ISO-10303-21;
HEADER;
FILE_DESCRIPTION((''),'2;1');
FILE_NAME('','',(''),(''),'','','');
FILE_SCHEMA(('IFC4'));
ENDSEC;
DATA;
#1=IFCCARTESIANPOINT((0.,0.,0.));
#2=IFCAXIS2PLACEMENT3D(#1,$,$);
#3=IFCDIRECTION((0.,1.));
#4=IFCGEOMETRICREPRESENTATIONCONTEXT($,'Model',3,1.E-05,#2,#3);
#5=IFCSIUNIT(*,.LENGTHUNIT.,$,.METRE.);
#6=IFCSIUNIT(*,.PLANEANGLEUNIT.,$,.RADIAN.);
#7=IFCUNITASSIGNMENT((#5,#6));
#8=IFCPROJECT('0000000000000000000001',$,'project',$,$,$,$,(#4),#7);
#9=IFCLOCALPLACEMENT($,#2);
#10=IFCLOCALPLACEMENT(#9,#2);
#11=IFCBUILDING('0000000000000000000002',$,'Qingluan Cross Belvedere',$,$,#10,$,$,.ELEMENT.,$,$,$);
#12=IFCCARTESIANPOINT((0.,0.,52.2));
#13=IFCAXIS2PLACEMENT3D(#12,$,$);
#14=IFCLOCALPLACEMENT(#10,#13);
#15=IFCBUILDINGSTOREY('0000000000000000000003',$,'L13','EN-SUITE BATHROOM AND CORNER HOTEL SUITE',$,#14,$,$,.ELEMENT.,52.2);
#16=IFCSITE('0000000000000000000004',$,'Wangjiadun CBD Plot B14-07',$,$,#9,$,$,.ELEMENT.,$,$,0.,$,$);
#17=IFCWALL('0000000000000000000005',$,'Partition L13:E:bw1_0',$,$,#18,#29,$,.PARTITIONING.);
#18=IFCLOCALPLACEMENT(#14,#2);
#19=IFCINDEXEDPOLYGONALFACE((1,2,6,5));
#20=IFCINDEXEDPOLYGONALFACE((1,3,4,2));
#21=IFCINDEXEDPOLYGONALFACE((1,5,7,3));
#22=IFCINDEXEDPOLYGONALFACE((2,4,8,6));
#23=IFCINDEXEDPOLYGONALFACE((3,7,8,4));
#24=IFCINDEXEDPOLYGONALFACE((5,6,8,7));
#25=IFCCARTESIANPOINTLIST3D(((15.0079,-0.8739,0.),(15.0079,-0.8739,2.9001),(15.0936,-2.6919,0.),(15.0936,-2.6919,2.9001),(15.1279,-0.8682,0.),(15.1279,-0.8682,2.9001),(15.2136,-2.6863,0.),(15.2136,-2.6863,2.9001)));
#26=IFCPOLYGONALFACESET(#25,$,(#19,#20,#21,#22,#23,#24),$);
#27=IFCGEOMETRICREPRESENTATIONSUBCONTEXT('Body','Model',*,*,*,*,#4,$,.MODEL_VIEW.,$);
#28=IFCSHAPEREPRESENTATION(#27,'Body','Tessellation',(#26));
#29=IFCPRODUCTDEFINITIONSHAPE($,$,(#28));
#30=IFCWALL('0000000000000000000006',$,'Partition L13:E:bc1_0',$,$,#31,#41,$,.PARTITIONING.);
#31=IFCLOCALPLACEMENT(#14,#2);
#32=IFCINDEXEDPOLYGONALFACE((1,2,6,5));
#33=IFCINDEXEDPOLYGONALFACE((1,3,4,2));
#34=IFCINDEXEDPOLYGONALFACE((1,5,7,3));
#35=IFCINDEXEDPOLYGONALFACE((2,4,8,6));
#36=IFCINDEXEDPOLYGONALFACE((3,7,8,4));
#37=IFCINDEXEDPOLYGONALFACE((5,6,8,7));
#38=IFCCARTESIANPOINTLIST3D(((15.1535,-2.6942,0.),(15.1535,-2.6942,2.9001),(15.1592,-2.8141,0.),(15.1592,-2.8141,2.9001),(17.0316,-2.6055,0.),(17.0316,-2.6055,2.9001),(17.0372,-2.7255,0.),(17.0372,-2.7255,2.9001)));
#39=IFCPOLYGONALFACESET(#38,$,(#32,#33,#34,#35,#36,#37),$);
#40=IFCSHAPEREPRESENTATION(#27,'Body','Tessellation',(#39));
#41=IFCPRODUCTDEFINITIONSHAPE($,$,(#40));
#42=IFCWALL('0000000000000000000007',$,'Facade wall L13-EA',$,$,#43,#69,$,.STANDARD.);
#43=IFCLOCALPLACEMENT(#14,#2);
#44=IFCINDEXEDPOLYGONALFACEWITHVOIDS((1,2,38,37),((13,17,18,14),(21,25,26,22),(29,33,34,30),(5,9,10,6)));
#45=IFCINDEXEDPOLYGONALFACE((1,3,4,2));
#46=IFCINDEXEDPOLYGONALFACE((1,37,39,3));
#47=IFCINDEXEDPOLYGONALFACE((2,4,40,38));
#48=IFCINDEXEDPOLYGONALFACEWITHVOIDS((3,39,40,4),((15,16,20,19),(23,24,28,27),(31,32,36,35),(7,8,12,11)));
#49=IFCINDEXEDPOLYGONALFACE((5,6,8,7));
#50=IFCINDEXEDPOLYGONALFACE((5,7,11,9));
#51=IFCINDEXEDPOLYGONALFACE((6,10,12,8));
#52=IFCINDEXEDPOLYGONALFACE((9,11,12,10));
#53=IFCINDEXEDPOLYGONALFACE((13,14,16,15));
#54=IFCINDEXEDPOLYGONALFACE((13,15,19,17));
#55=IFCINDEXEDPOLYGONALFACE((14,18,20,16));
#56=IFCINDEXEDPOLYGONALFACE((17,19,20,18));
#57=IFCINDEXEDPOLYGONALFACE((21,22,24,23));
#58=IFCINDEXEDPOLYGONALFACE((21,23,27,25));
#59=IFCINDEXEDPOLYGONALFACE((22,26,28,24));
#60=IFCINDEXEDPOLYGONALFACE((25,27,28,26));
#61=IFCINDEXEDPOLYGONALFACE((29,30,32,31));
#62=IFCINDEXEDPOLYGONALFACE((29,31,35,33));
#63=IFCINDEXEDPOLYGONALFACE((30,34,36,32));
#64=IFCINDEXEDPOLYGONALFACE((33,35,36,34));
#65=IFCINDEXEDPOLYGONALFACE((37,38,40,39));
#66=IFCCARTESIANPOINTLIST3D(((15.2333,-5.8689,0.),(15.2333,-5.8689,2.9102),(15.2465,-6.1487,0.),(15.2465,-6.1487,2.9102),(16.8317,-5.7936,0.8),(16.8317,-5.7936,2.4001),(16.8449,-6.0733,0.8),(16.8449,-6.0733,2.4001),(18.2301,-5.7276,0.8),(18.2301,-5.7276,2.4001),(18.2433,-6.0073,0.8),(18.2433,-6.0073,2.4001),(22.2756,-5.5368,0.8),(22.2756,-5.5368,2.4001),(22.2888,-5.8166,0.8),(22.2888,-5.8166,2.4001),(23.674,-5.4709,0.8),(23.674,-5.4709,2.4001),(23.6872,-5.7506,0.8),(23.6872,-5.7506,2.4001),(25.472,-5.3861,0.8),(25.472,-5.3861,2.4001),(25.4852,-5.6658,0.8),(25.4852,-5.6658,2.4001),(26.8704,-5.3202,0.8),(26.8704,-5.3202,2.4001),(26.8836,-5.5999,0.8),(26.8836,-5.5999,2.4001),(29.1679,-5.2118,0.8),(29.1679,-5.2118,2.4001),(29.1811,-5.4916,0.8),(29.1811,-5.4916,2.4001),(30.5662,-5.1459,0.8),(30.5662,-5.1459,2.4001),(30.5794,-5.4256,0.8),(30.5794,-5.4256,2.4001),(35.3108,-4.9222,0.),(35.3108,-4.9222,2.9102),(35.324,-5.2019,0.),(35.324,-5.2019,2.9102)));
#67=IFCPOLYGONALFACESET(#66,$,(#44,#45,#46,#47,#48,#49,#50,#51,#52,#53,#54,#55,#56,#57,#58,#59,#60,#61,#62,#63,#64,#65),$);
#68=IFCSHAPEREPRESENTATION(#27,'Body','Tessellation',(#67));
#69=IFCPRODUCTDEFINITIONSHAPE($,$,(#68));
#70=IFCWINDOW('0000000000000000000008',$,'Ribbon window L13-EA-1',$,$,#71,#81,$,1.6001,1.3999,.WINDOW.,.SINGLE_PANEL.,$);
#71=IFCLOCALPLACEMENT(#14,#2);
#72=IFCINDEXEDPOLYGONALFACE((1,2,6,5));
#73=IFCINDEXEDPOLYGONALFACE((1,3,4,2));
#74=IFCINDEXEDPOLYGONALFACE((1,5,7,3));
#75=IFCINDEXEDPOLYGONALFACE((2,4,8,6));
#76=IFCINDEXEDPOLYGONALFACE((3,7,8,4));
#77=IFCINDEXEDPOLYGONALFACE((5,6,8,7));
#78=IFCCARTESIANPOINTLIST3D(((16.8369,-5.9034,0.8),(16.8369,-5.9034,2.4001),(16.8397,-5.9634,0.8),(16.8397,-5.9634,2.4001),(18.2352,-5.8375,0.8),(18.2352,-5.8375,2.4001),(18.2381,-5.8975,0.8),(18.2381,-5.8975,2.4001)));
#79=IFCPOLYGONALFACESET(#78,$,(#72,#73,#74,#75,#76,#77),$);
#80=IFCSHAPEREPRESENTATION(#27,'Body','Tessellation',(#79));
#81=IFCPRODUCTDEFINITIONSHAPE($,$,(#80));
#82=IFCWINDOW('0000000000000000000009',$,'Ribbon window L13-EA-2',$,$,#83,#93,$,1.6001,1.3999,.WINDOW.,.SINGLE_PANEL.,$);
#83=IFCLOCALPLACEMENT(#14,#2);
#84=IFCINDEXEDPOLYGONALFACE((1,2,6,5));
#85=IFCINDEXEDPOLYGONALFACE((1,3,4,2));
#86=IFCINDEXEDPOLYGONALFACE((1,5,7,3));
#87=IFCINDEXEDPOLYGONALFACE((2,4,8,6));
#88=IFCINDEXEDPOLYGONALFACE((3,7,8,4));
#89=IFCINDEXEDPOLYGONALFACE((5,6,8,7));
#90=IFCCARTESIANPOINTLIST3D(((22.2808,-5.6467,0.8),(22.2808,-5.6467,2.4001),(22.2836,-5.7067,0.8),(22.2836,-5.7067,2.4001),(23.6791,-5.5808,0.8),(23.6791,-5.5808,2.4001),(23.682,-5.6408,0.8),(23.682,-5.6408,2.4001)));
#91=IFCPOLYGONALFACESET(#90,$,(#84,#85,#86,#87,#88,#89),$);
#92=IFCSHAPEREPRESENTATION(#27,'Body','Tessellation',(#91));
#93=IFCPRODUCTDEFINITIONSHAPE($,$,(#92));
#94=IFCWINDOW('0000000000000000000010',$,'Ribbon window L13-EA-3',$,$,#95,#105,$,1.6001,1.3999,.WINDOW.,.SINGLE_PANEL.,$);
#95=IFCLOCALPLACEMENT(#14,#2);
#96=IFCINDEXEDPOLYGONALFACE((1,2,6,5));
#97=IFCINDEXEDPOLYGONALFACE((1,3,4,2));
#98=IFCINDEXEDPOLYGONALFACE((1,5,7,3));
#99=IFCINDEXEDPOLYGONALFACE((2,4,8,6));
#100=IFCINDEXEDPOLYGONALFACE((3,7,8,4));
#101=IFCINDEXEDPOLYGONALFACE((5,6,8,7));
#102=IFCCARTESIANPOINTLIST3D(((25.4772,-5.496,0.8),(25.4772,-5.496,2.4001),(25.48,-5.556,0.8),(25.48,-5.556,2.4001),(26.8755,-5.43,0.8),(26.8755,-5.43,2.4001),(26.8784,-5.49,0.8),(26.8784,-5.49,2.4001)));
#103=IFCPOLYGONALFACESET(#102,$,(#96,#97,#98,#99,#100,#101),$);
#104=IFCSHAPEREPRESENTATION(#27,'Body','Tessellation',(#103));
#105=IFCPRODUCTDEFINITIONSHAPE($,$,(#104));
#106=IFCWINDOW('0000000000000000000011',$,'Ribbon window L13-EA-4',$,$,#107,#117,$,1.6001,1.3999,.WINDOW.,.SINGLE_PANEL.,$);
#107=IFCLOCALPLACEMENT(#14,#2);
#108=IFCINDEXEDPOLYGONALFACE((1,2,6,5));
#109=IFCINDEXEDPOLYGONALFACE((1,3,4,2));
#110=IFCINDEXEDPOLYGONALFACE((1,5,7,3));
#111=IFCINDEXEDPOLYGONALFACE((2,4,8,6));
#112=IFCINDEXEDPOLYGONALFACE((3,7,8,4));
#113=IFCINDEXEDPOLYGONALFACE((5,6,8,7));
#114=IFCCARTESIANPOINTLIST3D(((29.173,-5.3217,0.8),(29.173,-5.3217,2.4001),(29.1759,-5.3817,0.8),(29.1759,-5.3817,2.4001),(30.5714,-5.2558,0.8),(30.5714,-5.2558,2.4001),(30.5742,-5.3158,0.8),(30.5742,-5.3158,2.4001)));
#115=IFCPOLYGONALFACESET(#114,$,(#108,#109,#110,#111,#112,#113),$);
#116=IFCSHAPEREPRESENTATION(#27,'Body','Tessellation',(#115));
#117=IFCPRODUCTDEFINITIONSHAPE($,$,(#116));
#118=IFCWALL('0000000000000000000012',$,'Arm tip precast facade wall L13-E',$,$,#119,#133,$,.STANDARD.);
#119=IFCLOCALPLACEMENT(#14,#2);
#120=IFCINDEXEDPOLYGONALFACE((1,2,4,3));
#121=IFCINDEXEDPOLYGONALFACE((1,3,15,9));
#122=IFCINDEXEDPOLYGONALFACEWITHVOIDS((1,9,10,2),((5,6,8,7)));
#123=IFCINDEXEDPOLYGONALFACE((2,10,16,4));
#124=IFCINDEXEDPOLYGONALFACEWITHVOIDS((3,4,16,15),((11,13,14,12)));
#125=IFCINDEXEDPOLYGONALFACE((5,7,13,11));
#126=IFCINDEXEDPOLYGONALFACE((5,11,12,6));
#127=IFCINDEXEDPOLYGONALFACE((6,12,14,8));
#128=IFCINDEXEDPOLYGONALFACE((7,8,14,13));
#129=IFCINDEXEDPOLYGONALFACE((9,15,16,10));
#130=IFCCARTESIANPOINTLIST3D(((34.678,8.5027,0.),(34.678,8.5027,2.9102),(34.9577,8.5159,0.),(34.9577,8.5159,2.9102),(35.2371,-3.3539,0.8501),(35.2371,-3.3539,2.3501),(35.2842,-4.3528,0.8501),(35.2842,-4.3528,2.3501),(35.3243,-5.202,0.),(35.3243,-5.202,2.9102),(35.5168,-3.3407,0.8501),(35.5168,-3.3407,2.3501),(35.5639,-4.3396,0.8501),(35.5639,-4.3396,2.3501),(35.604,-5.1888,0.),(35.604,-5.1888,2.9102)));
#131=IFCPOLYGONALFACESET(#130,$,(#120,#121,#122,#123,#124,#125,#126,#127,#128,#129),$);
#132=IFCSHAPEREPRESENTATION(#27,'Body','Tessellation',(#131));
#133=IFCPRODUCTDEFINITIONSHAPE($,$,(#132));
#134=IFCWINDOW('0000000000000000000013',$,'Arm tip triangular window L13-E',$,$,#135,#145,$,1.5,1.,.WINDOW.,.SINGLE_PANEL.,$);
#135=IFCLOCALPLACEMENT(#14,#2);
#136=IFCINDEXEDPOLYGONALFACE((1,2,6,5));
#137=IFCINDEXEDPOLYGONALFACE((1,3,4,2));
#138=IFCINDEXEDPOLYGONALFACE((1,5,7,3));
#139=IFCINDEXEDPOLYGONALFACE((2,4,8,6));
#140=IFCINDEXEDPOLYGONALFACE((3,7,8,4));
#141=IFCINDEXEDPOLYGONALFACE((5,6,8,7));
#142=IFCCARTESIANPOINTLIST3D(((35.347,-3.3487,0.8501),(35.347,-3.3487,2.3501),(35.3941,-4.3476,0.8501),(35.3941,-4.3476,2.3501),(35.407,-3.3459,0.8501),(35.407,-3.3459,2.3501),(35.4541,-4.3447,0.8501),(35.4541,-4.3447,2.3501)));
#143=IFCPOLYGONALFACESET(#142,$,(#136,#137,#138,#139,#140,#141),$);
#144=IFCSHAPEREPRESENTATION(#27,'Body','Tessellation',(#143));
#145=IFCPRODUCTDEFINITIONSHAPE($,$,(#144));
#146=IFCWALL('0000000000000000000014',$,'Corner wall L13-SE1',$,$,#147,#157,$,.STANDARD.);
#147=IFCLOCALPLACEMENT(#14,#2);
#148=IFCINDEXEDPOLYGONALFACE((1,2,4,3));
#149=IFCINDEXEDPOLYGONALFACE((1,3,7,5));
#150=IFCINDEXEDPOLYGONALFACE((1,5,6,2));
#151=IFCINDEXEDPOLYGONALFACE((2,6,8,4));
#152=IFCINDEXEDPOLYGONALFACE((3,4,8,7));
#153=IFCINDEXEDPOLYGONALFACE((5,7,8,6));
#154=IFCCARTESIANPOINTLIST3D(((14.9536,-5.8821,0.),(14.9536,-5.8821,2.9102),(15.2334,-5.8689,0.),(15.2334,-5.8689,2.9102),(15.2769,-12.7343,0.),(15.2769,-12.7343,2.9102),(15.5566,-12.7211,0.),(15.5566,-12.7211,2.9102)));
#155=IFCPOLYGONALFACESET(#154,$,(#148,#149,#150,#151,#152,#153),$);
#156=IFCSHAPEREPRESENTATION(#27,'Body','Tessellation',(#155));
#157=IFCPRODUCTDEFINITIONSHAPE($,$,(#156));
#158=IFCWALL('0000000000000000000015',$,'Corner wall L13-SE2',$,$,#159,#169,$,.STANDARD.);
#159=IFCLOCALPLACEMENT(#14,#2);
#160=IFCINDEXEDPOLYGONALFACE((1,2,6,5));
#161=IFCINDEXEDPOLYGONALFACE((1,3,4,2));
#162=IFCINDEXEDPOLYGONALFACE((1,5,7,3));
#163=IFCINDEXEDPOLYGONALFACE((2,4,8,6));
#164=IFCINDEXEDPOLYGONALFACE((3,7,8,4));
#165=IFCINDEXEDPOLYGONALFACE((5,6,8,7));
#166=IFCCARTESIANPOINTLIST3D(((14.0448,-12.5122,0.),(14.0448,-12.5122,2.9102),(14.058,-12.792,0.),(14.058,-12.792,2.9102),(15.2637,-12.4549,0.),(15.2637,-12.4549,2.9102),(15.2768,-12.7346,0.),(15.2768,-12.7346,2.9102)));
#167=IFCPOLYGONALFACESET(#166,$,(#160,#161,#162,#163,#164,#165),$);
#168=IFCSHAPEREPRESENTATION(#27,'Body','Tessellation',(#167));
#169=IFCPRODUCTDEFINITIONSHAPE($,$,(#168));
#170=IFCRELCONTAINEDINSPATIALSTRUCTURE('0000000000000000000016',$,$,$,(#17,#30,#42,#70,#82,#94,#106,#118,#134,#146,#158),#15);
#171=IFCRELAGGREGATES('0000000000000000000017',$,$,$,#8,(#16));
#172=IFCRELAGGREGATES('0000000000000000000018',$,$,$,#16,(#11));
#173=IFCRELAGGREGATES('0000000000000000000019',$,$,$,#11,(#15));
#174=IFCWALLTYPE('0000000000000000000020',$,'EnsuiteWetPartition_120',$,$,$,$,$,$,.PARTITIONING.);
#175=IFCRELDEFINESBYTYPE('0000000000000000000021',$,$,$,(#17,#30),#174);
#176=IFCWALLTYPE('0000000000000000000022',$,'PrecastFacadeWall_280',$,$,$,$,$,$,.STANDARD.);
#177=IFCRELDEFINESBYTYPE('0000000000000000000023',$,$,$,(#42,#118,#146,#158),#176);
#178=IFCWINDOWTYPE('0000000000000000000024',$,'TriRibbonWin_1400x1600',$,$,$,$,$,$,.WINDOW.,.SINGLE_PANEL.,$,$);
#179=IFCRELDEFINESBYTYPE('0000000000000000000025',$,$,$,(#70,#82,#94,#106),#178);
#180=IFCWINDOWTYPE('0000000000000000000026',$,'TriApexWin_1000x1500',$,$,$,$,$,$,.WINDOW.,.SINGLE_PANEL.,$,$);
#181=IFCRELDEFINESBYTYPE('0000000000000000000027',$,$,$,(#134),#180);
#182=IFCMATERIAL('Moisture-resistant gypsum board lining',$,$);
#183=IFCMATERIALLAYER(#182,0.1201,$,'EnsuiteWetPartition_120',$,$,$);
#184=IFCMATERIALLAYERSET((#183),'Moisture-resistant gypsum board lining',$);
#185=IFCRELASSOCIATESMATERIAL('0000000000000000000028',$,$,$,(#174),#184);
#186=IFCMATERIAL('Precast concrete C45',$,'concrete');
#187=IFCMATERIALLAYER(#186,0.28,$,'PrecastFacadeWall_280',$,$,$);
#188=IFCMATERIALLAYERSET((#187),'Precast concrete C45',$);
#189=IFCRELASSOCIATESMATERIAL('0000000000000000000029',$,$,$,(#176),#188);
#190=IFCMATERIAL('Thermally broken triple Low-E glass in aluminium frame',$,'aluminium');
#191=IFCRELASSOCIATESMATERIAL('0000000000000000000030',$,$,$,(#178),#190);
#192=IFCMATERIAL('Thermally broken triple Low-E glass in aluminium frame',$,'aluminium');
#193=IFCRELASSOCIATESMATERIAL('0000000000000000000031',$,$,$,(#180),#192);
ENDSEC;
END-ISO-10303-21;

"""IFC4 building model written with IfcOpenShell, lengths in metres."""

from ifc_helpers import new_model, si_unit, direction, frame, frame_2d, origin, place, context, subcontext, project, spatial, rectangle, extrude, material, layer, layer_set, type_object, element, fill, save


model = new_model("IFC4")

# Units and contexts
model_context = context("Model", 3, precision=1e-05, world=origin(), true_north=direction((0.0, 1.0)))
body_context = subcontext(model_context, "Body", "Model", "MODEL_VIEW")
ifc_project = project(units=[si_unit("LENGTHUNIT", "METRE"), si_unit("PLANEANGLEUNIT", "RADIAN")], contexts=[model_context])

# Site, building, storey
site_placement = place(None, origin())
site = spatial("IfcSite", under=ifc_project, at=site_placement, Name="Wangjiadun CBD Plot B14-07", CompositionType="ELEMENT", RefElevation=0.0)
building_placement = place(site_placement, origin())
building = spatial("IfcBuilding", under=site, at=building_placement, Name="Qingluan Cross Belvedere", CompositionType="ELEMENT")
storey_placement = place(building_placement, frame((0.0, 0.0, 52.2)))
storey = spatial("IfcBuildingStorey", under=building, at=storey_placement, Name="L13", Description="EN-SUITE BATHROOM AND CORNER HOTEL SUITE", CompositionType="ELEMENT", Elevation=52.2)

# Walls
ifc_material_1 = material(Name="Moisture-resistant gypsum board lining")
ifc_layer_1 = layer(ifc_material_1, 0.1201, Name="EnsuiteWetPartition_120")
ifc_layer_set_1 = layer_set([ifc_layer_1], Name="Moisture-resistant gypsum board lining")
wall_type_1 = type_object("IfcWallType", Name="EnsuiteWetPartition_120", PredefinedType="PARTITIONING", material=ifc_layer_set_1)
wall_1_placement = place(storey_placement, frame((15.1536, -2.6892, 0.0), z_axis=(0.0, 0.0, 1.0), x_axis=(-0.047081, 0.998891, 0.0)))
element("IfcWall", 1, at=wall_1_placement, inside=storey, type_object=wall_type_1, Name="Partition L13:E:bw1_0", PredefinedType="PARTITIONING", context=body_context, shape_type="SweptSolid", body=[
    extrude(rectangle(XDim=1.8201, YDim=0.1201, at=frame_2d((0.9102, 0.0))), origin(), (0.0, 0.0, 1.0), 2.9001),
])
wall_2_placement = place(storey_placement, frame((15.1565, -2.7542, 0.0), z_axis=(0.0, 0.0, 1.0), x_axis=(0.998888, 0.047139, 0.0)))
element("IfcWall", 2, at=wall_2_placement, inside=storey, type_object=wall_type_1, Name="Partition L13:E:bc1_0", PredefinedType="PARTITIONING", context=body_context, shape_type="SweptSolid", body=[
    extrude(rectangle(XDim=1.8801, YDim=0.1201, at=frame_2d((0.9399, 0.0))), origin(), (0.0, 0.0, 1.0), 2.9001),
])

# Wall, openings, windows
ifc_material_2 = material(Name="Precast concrete C45", Category="concrete")
ifc_layer_2 = layer(ifc_material_2, 0.28, Name="PrecastFacadeWall_280")
ifc_layer_set_2 = layer_set([ifc_layer_2], Name="Precast concrete C45")
wall_type_2 = type_object("IfcWallType", Name="PrecastFacadeWall_280", PredefinedType="STANDARD", material=ifc_layer_set_2)
wall_3_placement = place(storey_placement, frame((15.24, -6.0088, 0.0), z_axis=(0.0, 0.0, 1.0), x_axis=(0.99889, 0.047103, 0.0)))
wall_3 = element("IfcWall", 3, at=wall_3_placement, inside=storey, type_object=wall_type_2, Name="Facade wall L13-EA", PredefinedType="STANDARD", context=body_context, shape_type="SweptSolid", body=[
    extrude(rectangle(XDim=20.0999, YDim=0.28, at=frame_2d((10.0498, 0.0))), origin(), (0.0, 0.0, 1.0), 2.9102),
])
opening_1_placement = place(wall_3_placement, frame((1.6001, 0.0, 0.8)))
opening_1 = element("IfcOpeningElement", 4, at=opening_1_placement, cuts=wall_3, PredefinedType="OPENING", context=body_context, shape_type="SweptSolid", body=[
    extrude(rectangle(XDim=1.3999, YDim=1.6001, at=frame_2d((0.7, 0.8))), frame((0.0, 0.1499, 0.0), z_axis=(0.0, -1.0, 0.0), x_axis=(1.0, 0.0, 0.0)), (0.0, 0.0, 1.0), 0.3),
])
opening_2_placement = place(wall_3_placement, frame((7.05, 0.0, 0.8)))
opening_2 = element("IfcOpeningElement", 5, at=opening_2_placement, cuts=wall_3, PredefinedType="OPENING", context=body_context, shape_type="SweptSolid", body=[
    extrude(rectangle(XDim=1.3999, YDim=1.6001, at=frame_2d((0.7, 0.8))), frame((0.0, 0.1499, 0.0), z_axis=(0.0, -1.0, 0.0), x_axis=(1.0, 0.0, 0.0)), (0.0, 0.0, 1.0), 0.3),
])
opening_3_placement = place(wall_3_placement, frame((10.25, 0.0, 0.8)))
opening_3 = element("IfcOpeningElement", 6, at=opening_3_placement, cuts=wall_3, PredefinedType="OPENING", context=body_context, shape_type="SweptSolid", body=[
    extrude(rectangle(XDim=1.3999, YDim=1.6001, at=frame_2d((0.7, 0.8))), frame((0.0, 0.1499, 0.0), z_axis=(0.0, -1.0, 0.0), x_axis=(1.0, 0.0, 0.0)), (0.0, 0.0, 1.0), 0.3),
])
opening_4_placement = place(wall_3_placement, frame((13.95, 0.0, 0.8)))
opening_4 = element("IfcOpeningElement", 7, at=opening_4_placement, cuts=wall_3, PredefinedType="OPENING", context=body_context, shape_type="SweptSolid", body=[
    extrude(rectangle(XDim=1.3999, YDim=1.6001, at=frame_2d((0.7, 0.8))), frame((0.0, 0.1499, 0.0), z_axis=(0.0, -1.0, 0.0), x_axis=(1.0, 0.0, 0.0)), (0.0, 0.0, 1.0), 0.3),
])
ifc_material_3 = material(Name="Thermally broken triple Low-E glass in aluminium frame", Category="aluminium")
window_type_1 = type_object("IfcWindowType", Name="TriRibbonWin_1400x1600", PartitioningType="SINGLE_PANEL", PredefinedType="WINDOW", material=ifc_material_3)
window_1_placement = place(opening_1_placement, origin())
window_1 = element("IfcWindow", 8, at=window_1_placement, inside=storey, type_object=window_type_1, Name="Ribbon window L13-EA-1", OverallHeight=1.6001, OverallWidth=1.3999, PartitioningType="SINGLE_PANEL", PredefinedType="WINDOW", context=body_context, shape_type="SweptSolid", body=[
    extrude(rectangle(XDim=1.3999, YDim=1.6001, at=frame_2d((0.7, 0.8))), frame((0.0, 0.03, 0.0), z_axis=(0.0, -1.0, 0.0), x_axis=(1.0, 0.0, 0.0)), (0.0, 0.0, 1.0), 0.0601),
])
fill(opening_1, window_1)
window_2_placement = place(opening_2_placement, origin())
window_2 = element("IfcWindow", 9, at=window_2_placement, inside=storey, type_object=window_type_1, Name="Ribbon window L13-EA-2", OverallHeight=1.6001, OverallWidth=1.3999, PartitioningType="SINGLE_PANEL", PredefinedType="WINDOW", context=body_context, shape_type="SweptSolid", body=[
    extrude(rectangle(XDim=1.3999, YDim=1.6001, at=frame_2d((0.7, 0.8))), frame((0.0, 0.03, 0.0), z_axis=(0.0, -1.0, 0.0), x_axis=(1.0, 0.0, 0.0)), (0.0, 0.0, 1.0), 0.0601),
])
fill(opening_2, window_2)
window_3_placement = place(opening_3_placement, origin())
window_3 = element("IfcWindow", 10, at=window_3_placement, inside=storey, type_object=window_type_1, Name="Ribbon window L13-EA-3", OverallHeight=1.6001, OverallWidth=1.3999, PartitioningType="SINGLE_PANEL", PredefinedType="WINDOW", context=body_context, shape_type="SweptSolid", body=[
    extrude(rectangle(XDim=1.3999, YDim=1.6001, at=frame_2d((0.7, 0.8))), frame((0.0, 0.03, 0.0), z_axis=(0.0, -1.0, 0.0), x_axis=(1.0, 0.0, 0.0)), (0.0, 0.0, 1.0), 0.0601),
])
fill(opening_3, window_3)
window_4_placement = place(opening_4_placement, origin())
window_4 = element("IfcWindow", 11, at=window_4_placement, inside=storey, type_object=window_type_1, Name="Ribbon window L13-EA-4", OverallHeight=1.6001, OverallWidth=1.3999, PartitioningType="SINGLE_PANEL", PredefinedType="WINDOW", context=body_context, shape_type="SweptSolid", body=[
    extrude(rectangle(XDim=1.3999, YDim=1.6001, at=frame_2d((0.7, 0.8))), frame((0.0, 0.03, 0.0), z_axis=(0.0, -1.0, 0.0), x_axis=(1.0, 0.0, 0.0)), (0.0, 0.0, 1.0), 0.0601),
])
fill(opening_4, window_4)

# Wall, opening, window
wall_4_placement = place(storey_placement, frame((35.4641, -5.1953, 0.0), z_axis=(0.0, 0.0, 1.0), x_axis=(-0.047102, 0.99889, 0.0)))
wall_4 = element("IfcWall", 12, at=wall_4_placement, inside=storey, type_object=wall_type_2, Name="Arm tip precast facade wall L13-E", PredefinedType="STANDARD", context=body_context, shape_type="SweptSolid", body=[
    extrude(rectangle(XDim=13.72, YDim=0.28, at=frame_2d((6.8599, 0.0))), origin(), (0.0, 0.0, 1.0), 2.9102),
])
opening_5_placement = place(wall_4_placement, frame((0.8501, 0.0, 0.8501)))
opening_5 = element("IfcOpeningElement", 13, at=opening_5_placement, cuts=wall_4, PredefinedType="OPENING", context=body_context, shape_type="SweptSolid", body=[
    extrude(rectangle(XDim=1.0, YDim=1.5, at=frame_2d((0.5, 0.75))), frame((0.0, 0.1499, 0.0), z_axis=(0.0, -1.0, 0.0), x_axis=(1.0, 0.0, 0.0)), (0.0, 0.0, 1.0), 0.3),
])
ifc_material_4 = material(Name="Thermally broken triple Low-E glass in aluminium frame", Category="aluminium")
window_type_2 = type_object("IfcWindowType", Name="TriApexWin_1000x1500", PartitioningType="SINGLE_PANEL", PredefinedType="WINDOW", material=ifc_material_4)
window_5_placement = place(opening_5_placement, origin())
window_5 = element("IfcWindow", 14, at=window_5_placement, inside=storey, type_object=window_type_2, Name="Arm tip triangular window L13-E", OverallHeight=1.5, OverallWidth=1.0, PartitioningType="SINGLE_PANEL", PredefinedType="WINDOW", context=body_context, shape_type="SweptSolid", body=[
    extrude(rectangle(XDim=1.0, YDim=1.5, at=frame_2d((0.5, 0.75))), frame((0.0, 0.03, 0.0), z_axis=(0.0, -1.0, 0.0), x_axis=(1.0, 0.0, 0.0)), (0.0, 0.0, 1.0), 0.0601),
])
fill(opening_5, window_5)

# Walls
wall_5_placement = place(storey_placement, frame((15.0935, -5.8755, 0.0), z_axis=(0.0, 0.0, 1.0), x_axis=(0.04712, -0.998889, 0.0)))
element("IfcWall", 15, at=wall_5_placement, inside=storey, type_object=wall_type_2, Name="Corner wall L13-SE1", PredefinedType="STANDARD", context=body_context, shape_type="SweptSolid", body=[
    extrude(rectangle(XDim=6.8599, YDim=0.28, at=frame_2d((3.4299, 0.0))), origin(), (0.0, 0.0, 1.0), 2.9102),
])
wall_6_placement = place(storey_placement, frame((15.2703, -12.5947, 0.0), z_axis=(0.0, 0.0, 1.0), x_axis=(-0.998894, -0.047023, 0.0)))
element("IfcWall", 16, at=wall_6_placement, inside=storey, type_object=wall_type_2, Name="Corner wall L13-SE2", PredefinedType="STANDARD", context=body_context, shape_type="SweptSolid", body=[
    extrude(rectangle(XDim=1.2202, YDim=0.28, at=frame_2d((0.6101, 0.0))), origin(), (0.0, 0.0, 1.0), 2.9102),
])

save(model, "model.ifc")
